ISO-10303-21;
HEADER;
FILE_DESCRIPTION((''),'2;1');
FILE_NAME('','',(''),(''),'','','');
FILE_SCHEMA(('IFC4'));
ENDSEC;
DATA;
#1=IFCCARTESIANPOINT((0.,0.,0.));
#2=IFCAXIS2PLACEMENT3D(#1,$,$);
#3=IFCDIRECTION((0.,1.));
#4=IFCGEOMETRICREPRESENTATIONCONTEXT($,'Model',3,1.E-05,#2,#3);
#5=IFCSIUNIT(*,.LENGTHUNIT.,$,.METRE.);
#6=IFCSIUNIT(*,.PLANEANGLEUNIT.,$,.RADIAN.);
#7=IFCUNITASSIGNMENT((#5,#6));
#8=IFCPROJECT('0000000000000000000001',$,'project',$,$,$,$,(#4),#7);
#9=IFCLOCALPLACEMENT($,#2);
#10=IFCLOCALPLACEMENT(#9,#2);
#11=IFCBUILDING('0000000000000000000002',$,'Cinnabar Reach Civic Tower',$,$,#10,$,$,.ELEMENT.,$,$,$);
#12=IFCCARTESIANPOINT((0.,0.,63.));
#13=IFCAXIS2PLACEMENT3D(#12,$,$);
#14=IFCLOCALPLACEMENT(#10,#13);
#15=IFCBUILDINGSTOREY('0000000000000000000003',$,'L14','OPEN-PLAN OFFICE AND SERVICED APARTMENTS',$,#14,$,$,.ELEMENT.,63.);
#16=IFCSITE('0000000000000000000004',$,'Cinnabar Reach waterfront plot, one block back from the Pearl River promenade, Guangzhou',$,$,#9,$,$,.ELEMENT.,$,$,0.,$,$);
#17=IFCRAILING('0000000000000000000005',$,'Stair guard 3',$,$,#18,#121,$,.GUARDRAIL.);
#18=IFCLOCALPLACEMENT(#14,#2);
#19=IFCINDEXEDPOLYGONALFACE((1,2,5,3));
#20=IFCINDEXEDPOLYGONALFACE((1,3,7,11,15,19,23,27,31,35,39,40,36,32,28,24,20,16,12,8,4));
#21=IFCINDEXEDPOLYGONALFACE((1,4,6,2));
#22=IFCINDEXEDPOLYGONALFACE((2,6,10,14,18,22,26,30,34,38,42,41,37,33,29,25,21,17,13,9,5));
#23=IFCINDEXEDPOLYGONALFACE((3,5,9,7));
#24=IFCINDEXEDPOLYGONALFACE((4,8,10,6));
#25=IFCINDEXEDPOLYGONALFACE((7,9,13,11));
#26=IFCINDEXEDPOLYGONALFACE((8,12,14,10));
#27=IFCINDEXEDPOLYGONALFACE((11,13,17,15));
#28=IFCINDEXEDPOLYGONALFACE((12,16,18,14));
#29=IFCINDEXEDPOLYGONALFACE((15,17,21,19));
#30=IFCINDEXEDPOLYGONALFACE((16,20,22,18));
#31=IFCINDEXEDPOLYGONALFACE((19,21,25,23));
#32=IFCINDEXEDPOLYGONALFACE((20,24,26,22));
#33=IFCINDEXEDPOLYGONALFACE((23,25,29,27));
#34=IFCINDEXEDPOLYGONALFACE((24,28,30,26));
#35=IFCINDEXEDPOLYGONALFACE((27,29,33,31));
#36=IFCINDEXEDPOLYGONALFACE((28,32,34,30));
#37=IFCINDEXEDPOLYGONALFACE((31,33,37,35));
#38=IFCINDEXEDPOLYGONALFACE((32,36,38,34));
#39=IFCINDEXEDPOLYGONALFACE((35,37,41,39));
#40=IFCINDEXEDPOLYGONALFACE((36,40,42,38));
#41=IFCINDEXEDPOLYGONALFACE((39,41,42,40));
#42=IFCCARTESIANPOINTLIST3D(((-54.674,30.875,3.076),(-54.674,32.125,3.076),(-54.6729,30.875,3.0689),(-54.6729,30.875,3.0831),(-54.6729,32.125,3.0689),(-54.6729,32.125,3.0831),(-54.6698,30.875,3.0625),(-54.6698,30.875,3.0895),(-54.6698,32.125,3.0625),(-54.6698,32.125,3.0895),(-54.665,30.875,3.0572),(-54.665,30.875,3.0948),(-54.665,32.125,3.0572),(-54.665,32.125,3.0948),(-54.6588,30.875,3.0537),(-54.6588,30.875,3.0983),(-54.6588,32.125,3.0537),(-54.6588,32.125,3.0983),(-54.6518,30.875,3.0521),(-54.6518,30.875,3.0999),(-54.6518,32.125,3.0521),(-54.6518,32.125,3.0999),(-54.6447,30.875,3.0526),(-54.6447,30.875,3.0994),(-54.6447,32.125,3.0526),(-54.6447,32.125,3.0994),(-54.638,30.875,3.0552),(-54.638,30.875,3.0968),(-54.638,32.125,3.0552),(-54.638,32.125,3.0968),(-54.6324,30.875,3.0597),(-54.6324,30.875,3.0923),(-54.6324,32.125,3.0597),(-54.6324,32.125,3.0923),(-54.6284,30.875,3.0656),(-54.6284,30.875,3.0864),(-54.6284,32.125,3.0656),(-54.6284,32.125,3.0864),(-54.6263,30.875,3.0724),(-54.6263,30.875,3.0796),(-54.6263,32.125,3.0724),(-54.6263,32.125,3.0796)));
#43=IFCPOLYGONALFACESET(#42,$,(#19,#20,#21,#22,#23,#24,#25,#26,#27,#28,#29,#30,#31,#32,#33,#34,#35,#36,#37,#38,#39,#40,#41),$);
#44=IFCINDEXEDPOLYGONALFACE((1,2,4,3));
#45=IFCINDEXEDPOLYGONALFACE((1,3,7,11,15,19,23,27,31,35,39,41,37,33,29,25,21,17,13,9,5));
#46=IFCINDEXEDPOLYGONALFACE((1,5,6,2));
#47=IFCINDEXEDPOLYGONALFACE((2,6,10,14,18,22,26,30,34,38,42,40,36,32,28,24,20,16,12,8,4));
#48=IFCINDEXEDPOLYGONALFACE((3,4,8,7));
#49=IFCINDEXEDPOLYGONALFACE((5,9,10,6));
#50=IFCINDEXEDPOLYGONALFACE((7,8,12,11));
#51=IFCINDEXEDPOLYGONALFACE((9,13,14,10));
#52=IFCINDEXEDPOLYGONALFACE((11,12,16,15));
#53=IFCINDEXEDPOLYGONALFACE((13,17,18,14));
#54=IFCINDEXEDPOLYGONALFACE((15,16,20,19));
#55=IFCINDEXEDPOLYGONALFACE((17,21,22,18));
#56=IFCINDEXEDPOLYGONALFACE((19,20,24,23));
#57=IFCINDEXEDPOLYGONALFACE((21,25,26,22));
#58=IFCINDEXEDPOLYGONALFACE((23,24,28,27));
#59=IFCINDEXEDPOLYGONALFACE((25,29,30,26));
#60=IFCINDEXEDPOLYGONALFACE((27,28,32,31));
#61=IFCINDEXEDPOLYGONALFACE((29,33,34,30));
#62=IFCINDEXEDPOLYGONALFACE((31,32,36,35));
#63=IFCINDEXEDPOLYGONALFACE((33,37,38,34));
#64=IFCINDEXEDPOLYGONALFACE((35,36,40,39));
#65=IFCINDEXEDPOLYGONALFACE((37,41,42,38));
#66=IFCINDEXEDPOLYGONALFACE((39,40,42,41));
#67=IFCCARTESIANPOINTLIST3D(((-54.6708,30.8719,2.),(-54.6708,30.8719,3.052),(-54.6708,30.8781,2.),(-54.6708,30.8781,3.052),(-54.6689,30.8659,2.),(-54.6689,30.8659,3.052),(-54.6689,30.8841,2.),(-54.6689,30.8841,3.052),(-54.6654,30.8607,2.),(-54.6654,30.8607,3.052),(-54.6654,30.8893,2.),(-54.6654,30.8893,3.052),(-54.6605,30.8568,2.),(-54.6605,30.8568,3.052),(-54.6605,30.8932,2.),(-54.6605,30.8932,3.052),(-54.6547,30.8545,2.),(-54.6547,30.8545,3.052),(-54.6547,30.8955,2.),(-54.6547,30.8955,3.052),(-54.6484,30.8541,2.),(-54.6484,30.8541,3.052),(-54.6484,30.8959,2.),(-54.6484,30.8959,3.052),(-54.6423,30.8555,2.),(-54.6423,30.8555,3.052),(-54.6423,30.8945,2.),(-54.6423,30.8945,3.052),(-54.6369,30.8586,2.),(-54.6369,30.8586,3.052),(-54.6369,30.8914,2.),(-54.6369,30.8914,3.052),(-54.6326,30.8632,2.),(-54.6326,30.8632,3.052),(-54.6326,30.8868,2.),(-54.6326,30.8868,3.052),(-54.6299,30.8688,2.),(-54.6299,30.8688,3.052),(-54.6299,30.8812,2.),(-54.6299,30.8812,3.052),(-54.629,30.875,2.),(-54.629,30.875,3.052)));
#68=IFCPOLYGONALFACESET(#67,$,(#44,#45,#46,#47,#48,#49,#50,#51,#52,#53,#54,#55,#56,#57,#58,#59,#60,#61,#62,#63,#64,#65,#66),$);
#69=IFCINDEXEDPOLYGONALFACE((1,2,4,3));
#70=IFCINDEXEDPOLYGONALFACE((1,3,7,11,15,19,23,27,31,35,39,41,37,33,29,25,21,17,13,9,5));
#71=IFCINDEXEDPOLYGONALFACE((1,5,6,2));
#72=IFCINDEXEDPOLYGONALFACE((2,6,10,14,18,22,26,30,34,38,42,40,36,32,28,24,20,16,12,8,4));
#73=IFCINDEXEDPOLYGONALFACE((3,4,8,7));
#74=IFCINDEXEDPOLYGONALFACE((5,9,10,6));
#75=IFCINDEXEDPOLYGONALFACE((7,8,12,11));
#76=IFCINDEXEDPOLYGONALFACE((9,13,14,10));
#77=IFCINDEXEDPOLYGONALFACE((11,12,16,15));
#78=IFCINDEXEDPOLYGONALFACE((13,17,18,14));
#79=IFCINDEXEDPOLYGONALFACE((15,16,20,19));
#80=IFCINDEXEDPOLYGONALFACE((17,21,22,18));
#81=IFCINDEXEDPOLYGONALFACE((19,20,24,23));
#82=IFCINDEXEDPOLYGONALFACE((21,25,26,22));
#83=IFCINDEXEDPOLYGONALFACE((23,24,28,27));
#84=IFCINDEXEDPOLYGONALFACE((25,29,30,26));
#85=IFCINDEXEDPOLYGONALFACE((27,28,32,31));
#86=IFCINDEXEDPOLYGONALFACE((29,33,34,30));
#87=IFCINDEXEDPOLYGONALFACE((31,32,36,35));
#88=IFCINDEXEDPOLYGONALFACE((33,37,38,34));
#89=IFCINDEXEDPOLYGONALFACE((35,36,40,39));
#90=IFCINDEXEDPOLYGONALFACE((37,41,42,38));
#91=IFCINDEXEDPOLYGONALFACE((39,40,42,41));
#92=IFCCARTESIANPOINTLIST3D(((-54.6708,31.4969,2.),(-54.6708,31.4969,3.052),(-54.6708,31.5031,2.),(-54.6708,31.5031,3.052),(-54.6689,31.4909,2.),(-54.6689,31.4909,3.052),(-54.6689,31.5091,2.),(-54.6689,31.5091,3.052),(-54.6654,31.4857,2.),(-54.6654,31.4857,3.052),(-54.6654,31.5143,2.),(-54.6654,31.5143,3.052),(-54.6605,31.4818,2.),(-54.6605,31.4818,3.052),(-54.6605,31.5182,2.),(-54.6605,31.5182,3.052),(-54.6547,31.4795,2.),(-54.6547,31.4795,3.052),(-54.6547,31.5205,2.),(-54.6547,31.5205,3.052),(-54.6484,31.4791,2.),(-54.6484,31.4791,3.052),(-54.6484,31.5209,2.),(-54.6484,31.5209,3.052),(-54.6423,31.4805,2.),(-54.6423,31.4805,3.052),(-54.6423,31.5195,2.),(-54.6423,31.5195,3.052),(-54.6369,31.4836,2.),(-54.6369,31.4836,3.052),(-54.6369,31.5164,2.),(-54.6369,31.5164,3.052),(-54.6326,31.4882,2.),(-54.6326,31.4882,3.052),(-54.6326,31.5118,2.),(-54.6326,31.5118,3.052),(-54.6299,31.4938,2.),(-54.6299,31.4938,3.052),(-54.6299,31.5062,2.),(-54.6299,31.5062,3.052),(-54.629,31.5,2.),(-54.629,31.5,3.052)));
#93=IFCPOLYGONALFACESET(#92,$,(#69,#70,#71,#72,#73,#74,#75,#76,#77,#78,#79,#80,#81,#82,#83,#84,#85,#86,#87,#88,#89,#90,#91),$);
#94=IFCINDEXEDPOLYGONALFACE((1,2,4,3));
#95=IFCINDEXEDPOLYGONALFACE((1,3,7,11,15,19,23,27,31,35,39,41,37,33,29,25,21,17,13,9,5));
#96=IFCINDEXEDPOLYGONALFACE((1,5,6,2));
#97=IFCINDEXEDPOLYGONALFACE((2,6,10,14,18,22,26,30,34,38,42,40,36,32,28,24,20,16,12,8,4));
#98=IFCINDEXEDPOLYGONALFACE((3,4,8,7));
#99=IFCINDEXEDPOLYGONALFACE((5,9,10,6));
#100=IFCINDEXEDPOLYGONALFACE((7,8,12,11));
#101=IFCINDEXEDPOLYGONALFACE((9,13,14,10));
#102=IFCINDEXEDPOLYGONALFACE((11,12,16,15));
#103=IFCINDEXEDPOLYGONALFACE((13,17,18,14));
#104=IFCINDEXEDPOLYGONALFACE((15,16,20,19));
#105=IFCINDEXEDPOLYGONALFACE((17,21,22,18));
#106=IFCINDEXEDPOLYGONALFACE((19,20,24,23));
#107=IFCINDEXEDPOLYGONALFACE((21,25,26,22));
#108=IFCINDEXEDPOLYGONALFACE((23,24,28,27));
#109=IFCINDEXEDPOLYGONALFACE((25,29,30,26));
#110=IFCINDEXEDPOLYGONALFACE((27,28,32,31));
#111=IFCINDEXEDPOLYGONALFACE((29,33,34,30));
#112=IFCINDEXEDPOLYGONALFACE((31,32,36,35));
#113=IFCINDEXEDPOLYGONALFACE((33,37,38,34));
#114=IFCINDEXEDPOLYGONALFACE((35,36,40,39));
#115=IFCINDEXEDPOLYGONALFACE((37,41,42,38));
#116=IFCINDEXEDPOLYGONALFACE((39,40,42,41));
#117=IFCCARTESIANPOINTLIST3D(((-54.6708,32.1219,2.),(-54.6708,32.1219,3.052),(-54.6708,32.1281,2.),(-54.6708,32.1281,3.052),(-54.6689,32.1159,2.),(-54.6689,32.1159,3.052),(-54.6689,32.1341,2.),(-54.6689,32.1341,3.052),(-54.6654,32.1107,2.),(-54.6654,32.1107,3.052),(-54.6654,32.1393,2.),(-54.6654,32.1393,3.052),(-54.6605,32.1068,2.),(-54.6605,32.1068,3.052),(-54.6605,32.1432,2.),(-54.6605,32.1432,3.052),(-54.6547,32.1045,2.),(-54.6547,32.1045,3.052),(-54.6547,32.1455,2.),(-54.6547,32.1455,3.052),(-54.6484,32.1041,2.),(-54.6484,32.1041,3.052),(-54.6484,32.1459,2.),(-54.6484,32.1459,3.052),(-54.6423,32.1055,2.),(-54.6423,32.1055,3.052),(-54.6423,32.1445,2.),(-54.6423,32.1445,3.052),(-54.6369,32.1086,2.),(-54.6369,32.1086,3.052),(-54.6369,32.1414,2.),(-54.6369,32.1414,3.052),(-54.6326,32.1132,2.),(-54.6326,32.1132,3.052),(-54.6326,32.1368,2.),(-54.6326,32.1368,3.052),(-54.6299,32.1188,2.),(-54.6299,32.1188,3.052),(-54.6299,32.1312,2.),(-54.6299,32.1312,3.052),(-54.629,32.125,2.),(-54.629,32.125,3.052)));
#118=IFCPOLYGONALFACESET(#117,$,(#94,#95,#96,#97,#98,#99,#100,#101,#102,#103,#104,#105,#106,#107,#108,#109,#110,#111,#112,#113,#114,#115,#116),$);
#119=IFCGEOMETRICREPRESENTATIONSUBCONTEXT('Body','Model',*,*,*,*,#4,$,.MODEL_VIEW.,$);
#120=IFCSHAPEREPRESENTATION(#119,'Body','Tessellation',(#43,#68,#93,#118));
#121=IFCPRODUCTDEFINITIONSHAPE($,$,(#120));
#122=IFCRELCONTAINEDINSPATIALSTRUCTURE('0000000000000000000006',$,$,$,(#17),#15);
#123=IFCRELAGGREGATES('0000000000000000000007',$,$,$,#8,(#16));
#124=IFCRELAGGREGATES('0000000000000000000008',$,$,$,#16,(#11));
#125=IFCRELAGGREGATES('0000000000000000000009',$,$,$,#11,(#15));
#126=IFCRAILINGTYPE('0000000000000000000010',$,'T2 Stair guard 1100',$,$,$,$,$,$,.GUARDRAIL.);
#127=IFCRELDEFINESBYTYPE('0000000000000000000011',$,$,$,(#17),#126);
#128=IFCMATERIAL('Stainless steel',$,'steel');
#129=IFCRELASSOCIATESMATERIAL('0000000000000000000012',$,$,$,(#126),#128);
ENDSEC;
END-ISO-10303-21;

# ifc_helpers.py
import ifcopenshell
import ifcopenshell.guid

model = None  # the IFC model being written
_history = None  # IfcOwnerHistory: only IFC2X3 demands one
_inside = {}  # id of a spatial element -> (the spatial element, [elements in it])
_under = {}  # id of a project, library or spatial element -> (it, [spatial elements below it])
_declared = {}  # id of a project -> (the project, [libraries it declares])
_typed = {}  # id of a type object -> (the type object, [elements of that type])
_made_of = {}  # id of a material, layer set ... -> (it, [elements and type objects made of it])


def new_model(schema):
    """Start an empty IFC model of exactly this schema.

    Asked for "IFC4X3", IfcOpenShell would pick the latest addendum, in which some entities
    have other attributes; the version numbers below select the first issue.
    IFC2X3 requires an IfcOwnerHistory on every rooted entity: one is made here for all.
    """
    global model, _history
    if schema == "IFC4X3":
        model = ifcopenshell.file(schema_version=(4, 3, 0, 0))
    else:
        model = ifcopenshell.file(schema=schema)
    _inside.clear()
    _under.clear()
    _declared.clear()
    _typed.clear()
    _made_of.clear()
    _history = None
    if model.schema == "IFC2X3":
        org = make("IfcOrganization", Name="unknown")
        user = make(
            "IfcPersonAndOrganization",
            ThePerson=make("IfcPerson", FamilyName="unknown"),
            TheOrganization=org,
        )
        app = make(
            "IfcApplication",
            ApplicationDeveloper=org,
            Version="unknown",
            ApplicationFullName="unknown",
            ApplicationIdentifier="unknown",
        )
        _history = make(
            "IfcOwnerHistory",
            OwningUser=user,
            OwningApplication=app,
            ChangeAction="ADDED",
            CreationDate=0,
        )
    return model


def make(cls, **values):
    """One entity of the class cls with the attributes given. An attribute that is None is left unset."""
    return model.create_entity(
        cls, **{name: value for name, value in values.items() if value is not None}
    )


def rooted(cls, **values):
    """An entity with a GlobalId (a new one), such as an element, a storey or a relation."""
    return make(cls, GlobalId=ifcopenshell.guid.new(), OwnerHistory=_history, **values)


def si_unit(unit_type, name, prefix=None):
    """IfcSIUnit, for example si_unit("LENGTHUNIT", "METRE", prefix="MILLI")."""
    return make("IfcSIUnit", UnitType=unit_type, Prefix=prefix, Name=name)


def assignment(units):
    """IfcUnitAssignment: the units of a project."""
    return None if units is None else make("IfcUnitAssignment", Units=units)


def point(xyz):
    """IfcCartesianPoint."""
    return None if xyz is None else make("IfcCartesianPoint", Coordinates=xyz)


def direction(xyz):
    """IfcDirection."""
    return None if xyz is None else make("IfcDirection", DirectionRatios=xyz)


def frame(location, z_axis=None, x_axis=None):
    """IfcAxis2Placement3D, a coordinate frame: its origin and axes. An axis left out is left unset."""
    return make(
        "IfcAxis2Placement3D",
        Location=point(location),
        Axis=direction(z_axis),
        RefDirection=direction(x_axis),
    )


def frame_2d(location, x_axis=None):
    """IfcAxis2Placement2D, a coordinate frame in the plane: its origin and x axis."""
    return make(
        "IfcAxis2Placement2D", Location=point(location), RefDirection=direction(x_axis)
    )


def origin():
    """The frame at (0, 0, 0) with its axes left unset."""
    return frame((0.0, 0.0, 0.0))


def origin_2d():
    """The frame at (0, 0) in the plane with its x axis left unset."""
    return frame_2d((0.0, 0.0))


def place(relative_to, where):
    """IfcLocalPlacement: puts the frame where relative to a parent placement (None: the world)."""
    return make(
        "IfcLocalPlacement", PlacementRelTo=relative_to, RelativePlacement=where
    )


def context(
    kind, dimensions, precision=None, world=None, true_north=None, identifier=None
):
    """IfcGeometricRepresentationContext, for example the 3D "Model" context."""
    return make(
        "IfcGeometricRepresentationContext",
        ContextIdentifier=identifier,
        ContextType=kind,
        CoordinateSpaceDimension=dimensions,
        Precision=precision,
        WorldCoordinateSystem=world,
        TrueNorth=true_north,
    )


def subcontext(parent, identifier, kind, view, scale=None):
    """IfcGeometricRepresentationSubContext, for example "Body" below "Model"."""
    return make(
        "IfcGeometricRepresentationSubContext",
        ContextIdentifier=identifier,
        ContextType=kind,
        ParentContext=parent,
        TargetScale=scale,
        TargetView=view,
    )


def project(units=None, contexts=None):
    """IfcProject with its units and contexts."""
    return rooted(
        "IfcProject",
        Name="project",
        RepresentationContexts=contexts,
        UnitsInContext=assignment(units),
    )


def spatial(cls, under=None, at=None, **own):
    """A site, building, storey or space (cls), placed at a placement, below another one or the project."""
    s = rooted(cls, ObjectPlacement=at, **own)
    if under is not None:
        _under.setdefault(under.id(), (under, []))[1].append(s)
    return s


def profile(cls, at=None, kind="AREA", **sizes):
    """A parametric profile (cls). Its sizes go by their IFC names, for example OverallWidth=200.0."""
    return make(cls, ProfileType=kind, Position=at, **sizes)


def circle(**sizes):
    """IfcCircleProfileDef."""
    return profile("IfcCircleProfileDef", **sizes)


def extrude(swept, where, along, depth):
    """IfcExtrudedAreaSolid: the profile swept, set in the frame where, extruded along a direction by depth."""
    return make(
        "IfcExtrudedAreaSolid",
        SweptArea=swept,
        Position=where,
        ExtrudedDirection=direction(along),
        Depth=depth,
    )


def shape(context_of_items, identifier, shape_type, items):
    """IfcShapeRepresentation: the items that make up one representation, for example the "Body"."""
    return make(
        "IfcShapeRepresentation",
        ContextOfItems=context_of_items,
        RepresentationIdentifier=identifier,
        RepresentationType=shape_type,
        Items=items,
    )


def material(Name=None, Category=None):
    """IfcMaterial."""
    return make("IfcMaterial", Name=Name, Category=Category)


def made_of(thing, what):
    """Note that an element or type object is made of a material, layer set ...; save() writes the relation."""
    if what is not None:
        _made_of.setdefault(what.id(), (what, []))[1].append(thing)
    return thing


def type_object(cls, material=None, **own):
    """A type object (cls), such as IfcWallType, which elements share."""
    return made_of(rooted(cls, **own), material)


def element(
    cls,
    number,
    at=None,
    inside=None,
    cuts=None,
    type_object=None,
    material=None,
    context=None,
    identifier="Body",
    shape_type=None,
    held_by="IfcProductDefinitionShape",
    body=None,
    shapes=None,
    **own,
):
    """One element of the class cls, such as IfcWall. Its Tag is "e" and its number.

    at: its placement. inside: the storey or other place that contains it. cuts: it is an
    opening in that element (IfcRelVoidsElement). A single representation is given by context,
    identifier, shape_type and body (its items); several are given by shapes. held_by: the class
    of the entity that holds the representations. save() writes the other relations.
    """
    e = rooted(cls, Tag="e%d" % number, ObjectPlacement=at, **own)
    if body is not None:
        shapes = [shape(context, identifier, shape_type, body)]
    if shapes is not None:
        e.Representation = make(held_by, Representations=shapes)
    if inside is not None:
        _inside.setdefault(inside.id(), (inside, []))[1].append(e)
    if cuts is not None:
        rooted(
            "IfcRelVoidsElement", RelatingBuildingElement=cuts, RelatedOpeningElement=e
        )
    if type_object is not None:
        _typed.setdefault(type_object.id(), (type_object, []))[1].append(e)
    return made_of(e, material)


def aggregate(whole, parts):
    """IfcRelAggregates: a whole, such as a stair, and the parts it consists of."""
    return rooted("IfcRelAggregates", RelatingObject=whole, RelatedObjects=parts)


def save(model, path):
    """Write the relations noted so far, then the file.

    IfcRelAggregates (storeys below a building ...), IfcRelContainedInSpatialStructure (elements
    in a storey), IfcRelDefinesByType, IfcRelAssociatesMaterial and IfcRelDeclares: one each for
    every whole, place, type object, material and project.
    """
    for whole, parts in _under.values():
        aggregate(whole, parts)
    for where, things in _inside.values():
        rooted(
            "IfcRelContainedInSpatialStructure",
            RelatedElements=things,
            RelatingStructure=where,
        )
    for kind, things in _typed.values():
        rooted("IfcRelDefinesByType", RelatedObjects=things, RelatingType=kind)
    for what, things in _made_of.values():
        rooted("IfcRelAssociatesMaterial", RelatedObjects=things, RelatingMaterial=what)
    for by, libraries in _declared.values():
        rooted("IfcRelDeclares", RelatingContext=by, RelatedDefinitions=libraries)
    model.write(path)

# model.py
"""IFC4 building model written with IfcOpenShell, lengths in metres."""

from ifc_helpers import new_model, si_unit, direction, frame, origin, origin_2d, place, context, subcontext, project, spatial, circle, extrude, material, type_object, element, save


model = new_model("IFC4")

# Units and contexts
model_context = context("Model", 3, precision=1e-05, world=origin(), true_north=direction((0.0, 1.0)))
body_context = subcontext(model_context, "Body", "Model", "MODEL_VIEW")
ifc_project = project(units=[si_unit("LENGTHUNIT", "METRE"), si_unit("PLANEANGLEUNIT", "RADIAN")], contexts=[model_context])

# Site, building, storey
site_placement = place(None, origin())
site = spatial("IfcSite", under=ifc_project, at=site_placement, Name="Cinnabar Reach waterfront plot, one block back from the Pearl River promenade, Guangzhou", CompositionType="ELEMENT", RefElevation=0.0)
building_placement = place(site_placement, origin())
building = spatial("IfcBuilding", under=site, at=building_placement, Name="Cinnabar Reach Civic Tower", CompositionType="ELEMENT")
storey_placement = place(building_placement, frame((0.0, 0.0, 63.0)))
storey = spatial("IfcBuildingStorey", under=building, at=storey_placement, Name="L14", Description="OPEN-PLAN OFFICE AND SERVICED APARTMENTS", CompositionType="ELEMENT", Elevation=63.0)

# Railing
ifc_material_1 = material(Name="Stainless steel", Category="steel")
railing_type = type_object("IfcRailingType", Name="T2 Stair guard 1100", PredefinedType="GUARDRAIL", material=ifc_material_1)
railing_1_placement = place(storey_placement, frame((-54.65, 30.875, 2.0)))
element("IfcRailing", 1, at=railing_1_placement, inside=storey, type_object=railing_type, Name="Stair guard 3", PredefinedType="GUARDRAIL", context=body_context, shape_type="SweptSolid", body=[
    extrude(circle(Radius=0.024, at=origin_2d()), frame((0.0, 0.0, 1.076), z_axis=(0.0, 1.0, 0.0), x_axis=(-1.0, 0.0, 0.0)), (0.0, 0.0, 1.0), 1.25),
    extrude(circle(Radius=0.021, at=origin_2d()), origin(), (0.0, 0.0, 1.0), 1.052),
    extrude(circle(Radius=0.021, at=origin_2d()), frame((0.0, 0.625, 0.0)), (0.0, 0.0, 1.0), 1.052),
    extrude(circle(Radius=0.021, at=origin_2d()), frame((0.0, 1.25, 0.0)), (0.0, 0.0, 1.0), 1.052),
])

save(model, "model.ifc")
